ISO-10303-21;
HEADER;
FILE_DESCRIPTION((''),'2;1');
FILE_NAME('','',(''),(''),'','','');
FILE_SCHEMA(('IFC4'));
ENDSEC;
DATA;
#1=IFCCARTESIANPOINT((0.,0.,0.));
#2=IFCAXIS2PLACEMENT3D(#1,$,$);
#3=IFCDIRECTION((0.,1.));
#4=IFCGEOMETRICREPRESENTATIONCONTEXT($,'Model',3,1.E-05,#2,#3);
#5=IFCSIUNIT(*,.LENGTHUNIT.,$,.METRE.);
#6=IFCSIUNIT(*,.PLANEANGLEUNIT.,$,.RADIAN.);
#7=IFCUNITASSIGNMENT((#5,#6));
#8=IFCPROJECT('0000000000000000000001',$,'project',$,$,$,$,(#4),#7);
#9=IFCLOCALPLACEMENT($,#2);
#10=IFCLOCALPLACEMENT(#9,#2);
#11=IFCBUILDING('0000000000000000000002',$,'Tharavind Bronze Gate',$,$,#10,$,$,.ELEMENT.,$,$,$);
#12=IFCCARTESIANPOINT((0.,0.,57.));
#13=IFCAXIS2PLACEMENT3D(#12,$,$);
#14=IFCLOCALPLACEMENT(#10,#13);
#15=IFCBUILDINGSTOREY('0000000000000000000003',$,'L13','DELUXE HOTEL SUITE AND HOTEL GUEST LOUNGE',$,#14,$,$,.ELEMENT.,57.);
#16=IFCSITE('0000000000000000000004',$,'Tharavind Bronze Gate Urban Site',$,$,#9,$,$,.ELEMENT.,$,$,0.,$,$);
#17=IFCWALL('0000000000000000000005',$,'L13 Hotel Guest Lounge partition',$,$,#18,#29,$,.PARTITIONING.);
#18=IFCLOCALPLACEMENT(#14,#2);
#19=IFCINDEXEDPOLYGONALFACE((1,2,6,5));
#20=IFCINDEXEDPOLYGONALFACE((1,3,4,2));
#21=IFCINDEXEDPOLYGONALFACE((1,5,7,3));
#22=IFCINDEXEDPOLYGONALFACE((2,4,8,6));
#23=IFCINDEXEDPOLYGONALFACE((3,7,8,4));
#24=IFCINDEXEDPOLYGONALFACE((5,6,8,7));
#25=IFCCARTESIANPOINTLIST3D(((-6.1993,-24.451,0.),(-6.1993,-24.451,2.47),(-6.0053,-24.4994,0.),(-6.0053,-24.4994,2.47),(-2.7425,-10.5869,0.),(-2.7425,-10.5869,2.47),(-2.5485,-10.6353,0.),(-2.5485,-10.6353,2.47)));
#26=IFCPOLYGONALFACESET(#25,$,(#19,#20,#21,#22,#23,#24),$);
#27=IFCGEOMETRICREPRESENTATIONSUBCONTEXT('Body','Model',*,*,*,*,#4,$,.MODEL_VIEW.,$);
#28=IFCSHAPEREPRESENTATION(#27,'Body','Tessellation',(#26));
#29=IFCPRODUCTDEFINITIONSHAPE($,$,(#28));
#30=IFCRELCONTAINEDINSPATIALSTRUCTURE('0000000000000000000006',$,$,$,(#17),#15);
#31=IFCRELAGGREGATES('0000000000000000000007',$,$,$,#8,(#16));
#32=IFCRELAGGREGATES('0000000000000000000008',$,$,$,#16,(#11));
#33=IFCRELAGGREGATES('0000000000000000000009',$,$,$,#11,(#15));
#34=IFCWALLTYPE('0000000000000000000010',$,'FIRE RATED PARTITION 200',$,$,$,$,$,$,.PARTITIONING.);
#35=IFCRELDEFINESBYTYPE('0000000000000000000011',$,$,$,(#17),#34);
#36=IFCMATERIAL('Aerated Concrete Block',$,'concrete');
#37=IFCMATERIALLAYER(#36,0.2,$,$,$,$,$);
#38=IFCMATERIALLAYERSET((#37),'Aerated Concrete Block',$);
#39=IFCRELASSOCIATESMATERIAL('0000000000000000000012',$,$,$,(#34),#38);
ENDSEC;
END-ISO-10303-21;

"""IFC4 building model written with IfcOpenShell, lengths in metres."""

from ifc_helpers import new_model, si_unit, direction, frame, frame_2d, origin, place, context, subcontext, project, spatial, rectangle, extrude, material, layer, layer_set, type_object, element, save


model = new_model("IFC4")

# Units and contexts
model_context = context("Model", 3, precision=1e-05, world=origin(), true_north=direction((0.0, 1.0)))
body_context = subcontext(model_context, "Body", "Model", "MODEL_VIEW")
ifc_project = project(units=[si_unit("LENGTHUNIT", "METRE"), si_unit("PLANEANGLEUNIT", "RADIAN")], contexts=[model_context])

# Site, building, storey
site_placement = place(None, origin())
site = spatial("IfcSite", under=ifc_project, at=site_placement, Name="Tharavind Bronze Gate Urban Site", CompositionType="ELEMENT", RefElevation=0.0)
building_placement = place(site_placement, origin())
building = spatial("IfcBuilding", under=site, at=building_placement, Name="Tharavind Bronze Gate", CompositionType="ELEMENT")
storey_placement = place(building_placement, frame((0.0, 0.0, 57.0)))
storey = spatial("IfcBuildingStorey", under=building, at=storey_placement, Name="L13", Description="DELUXE HOTEL SUITE AND HOTEL GUEST LOUNGE", CompositionType="ELEMENT", Elevation=57.0)

# Shared definitions
ifc_material_1 = material(Name="Aerated Concrete Block", Category="concrete")
ifc_layer_1 = layer(ifc_material_1, 0.2)
ifc_layer_set_1 = layer_set([ifc_layer_1], Name="Aerated Concrete Block")
wall_type = type_object("IfcWallType", Name="FIRE RATED PARTITION 200", PredefinedType="PARTITIONING", material=ifc_layer_set_1)

# Wall
wall_1_placement = place(storey_placement, frame((-2.6455, -10.6111, 0.0), z_axis=(0.0, 0.0, 1.0), x_axis=(-0.241929, -0.970294, 0.0)))
element("IfcWall", 1, at=wall_1_placement, inside=storey, type_object=wall_type, Name="L13 Hotel Guest Lounge partition", PredefinedType="PARTITIONING", context=body_context, shape_type="SweptSolid", body=[
    extrude(rectangle(XDim=14.2886, YDim=0.2, at=frame_2d((7.1443, 0.0))), origin(), (0.0, 0.0, 1.0), 2.47),
])

save(model, "model.ifc")
